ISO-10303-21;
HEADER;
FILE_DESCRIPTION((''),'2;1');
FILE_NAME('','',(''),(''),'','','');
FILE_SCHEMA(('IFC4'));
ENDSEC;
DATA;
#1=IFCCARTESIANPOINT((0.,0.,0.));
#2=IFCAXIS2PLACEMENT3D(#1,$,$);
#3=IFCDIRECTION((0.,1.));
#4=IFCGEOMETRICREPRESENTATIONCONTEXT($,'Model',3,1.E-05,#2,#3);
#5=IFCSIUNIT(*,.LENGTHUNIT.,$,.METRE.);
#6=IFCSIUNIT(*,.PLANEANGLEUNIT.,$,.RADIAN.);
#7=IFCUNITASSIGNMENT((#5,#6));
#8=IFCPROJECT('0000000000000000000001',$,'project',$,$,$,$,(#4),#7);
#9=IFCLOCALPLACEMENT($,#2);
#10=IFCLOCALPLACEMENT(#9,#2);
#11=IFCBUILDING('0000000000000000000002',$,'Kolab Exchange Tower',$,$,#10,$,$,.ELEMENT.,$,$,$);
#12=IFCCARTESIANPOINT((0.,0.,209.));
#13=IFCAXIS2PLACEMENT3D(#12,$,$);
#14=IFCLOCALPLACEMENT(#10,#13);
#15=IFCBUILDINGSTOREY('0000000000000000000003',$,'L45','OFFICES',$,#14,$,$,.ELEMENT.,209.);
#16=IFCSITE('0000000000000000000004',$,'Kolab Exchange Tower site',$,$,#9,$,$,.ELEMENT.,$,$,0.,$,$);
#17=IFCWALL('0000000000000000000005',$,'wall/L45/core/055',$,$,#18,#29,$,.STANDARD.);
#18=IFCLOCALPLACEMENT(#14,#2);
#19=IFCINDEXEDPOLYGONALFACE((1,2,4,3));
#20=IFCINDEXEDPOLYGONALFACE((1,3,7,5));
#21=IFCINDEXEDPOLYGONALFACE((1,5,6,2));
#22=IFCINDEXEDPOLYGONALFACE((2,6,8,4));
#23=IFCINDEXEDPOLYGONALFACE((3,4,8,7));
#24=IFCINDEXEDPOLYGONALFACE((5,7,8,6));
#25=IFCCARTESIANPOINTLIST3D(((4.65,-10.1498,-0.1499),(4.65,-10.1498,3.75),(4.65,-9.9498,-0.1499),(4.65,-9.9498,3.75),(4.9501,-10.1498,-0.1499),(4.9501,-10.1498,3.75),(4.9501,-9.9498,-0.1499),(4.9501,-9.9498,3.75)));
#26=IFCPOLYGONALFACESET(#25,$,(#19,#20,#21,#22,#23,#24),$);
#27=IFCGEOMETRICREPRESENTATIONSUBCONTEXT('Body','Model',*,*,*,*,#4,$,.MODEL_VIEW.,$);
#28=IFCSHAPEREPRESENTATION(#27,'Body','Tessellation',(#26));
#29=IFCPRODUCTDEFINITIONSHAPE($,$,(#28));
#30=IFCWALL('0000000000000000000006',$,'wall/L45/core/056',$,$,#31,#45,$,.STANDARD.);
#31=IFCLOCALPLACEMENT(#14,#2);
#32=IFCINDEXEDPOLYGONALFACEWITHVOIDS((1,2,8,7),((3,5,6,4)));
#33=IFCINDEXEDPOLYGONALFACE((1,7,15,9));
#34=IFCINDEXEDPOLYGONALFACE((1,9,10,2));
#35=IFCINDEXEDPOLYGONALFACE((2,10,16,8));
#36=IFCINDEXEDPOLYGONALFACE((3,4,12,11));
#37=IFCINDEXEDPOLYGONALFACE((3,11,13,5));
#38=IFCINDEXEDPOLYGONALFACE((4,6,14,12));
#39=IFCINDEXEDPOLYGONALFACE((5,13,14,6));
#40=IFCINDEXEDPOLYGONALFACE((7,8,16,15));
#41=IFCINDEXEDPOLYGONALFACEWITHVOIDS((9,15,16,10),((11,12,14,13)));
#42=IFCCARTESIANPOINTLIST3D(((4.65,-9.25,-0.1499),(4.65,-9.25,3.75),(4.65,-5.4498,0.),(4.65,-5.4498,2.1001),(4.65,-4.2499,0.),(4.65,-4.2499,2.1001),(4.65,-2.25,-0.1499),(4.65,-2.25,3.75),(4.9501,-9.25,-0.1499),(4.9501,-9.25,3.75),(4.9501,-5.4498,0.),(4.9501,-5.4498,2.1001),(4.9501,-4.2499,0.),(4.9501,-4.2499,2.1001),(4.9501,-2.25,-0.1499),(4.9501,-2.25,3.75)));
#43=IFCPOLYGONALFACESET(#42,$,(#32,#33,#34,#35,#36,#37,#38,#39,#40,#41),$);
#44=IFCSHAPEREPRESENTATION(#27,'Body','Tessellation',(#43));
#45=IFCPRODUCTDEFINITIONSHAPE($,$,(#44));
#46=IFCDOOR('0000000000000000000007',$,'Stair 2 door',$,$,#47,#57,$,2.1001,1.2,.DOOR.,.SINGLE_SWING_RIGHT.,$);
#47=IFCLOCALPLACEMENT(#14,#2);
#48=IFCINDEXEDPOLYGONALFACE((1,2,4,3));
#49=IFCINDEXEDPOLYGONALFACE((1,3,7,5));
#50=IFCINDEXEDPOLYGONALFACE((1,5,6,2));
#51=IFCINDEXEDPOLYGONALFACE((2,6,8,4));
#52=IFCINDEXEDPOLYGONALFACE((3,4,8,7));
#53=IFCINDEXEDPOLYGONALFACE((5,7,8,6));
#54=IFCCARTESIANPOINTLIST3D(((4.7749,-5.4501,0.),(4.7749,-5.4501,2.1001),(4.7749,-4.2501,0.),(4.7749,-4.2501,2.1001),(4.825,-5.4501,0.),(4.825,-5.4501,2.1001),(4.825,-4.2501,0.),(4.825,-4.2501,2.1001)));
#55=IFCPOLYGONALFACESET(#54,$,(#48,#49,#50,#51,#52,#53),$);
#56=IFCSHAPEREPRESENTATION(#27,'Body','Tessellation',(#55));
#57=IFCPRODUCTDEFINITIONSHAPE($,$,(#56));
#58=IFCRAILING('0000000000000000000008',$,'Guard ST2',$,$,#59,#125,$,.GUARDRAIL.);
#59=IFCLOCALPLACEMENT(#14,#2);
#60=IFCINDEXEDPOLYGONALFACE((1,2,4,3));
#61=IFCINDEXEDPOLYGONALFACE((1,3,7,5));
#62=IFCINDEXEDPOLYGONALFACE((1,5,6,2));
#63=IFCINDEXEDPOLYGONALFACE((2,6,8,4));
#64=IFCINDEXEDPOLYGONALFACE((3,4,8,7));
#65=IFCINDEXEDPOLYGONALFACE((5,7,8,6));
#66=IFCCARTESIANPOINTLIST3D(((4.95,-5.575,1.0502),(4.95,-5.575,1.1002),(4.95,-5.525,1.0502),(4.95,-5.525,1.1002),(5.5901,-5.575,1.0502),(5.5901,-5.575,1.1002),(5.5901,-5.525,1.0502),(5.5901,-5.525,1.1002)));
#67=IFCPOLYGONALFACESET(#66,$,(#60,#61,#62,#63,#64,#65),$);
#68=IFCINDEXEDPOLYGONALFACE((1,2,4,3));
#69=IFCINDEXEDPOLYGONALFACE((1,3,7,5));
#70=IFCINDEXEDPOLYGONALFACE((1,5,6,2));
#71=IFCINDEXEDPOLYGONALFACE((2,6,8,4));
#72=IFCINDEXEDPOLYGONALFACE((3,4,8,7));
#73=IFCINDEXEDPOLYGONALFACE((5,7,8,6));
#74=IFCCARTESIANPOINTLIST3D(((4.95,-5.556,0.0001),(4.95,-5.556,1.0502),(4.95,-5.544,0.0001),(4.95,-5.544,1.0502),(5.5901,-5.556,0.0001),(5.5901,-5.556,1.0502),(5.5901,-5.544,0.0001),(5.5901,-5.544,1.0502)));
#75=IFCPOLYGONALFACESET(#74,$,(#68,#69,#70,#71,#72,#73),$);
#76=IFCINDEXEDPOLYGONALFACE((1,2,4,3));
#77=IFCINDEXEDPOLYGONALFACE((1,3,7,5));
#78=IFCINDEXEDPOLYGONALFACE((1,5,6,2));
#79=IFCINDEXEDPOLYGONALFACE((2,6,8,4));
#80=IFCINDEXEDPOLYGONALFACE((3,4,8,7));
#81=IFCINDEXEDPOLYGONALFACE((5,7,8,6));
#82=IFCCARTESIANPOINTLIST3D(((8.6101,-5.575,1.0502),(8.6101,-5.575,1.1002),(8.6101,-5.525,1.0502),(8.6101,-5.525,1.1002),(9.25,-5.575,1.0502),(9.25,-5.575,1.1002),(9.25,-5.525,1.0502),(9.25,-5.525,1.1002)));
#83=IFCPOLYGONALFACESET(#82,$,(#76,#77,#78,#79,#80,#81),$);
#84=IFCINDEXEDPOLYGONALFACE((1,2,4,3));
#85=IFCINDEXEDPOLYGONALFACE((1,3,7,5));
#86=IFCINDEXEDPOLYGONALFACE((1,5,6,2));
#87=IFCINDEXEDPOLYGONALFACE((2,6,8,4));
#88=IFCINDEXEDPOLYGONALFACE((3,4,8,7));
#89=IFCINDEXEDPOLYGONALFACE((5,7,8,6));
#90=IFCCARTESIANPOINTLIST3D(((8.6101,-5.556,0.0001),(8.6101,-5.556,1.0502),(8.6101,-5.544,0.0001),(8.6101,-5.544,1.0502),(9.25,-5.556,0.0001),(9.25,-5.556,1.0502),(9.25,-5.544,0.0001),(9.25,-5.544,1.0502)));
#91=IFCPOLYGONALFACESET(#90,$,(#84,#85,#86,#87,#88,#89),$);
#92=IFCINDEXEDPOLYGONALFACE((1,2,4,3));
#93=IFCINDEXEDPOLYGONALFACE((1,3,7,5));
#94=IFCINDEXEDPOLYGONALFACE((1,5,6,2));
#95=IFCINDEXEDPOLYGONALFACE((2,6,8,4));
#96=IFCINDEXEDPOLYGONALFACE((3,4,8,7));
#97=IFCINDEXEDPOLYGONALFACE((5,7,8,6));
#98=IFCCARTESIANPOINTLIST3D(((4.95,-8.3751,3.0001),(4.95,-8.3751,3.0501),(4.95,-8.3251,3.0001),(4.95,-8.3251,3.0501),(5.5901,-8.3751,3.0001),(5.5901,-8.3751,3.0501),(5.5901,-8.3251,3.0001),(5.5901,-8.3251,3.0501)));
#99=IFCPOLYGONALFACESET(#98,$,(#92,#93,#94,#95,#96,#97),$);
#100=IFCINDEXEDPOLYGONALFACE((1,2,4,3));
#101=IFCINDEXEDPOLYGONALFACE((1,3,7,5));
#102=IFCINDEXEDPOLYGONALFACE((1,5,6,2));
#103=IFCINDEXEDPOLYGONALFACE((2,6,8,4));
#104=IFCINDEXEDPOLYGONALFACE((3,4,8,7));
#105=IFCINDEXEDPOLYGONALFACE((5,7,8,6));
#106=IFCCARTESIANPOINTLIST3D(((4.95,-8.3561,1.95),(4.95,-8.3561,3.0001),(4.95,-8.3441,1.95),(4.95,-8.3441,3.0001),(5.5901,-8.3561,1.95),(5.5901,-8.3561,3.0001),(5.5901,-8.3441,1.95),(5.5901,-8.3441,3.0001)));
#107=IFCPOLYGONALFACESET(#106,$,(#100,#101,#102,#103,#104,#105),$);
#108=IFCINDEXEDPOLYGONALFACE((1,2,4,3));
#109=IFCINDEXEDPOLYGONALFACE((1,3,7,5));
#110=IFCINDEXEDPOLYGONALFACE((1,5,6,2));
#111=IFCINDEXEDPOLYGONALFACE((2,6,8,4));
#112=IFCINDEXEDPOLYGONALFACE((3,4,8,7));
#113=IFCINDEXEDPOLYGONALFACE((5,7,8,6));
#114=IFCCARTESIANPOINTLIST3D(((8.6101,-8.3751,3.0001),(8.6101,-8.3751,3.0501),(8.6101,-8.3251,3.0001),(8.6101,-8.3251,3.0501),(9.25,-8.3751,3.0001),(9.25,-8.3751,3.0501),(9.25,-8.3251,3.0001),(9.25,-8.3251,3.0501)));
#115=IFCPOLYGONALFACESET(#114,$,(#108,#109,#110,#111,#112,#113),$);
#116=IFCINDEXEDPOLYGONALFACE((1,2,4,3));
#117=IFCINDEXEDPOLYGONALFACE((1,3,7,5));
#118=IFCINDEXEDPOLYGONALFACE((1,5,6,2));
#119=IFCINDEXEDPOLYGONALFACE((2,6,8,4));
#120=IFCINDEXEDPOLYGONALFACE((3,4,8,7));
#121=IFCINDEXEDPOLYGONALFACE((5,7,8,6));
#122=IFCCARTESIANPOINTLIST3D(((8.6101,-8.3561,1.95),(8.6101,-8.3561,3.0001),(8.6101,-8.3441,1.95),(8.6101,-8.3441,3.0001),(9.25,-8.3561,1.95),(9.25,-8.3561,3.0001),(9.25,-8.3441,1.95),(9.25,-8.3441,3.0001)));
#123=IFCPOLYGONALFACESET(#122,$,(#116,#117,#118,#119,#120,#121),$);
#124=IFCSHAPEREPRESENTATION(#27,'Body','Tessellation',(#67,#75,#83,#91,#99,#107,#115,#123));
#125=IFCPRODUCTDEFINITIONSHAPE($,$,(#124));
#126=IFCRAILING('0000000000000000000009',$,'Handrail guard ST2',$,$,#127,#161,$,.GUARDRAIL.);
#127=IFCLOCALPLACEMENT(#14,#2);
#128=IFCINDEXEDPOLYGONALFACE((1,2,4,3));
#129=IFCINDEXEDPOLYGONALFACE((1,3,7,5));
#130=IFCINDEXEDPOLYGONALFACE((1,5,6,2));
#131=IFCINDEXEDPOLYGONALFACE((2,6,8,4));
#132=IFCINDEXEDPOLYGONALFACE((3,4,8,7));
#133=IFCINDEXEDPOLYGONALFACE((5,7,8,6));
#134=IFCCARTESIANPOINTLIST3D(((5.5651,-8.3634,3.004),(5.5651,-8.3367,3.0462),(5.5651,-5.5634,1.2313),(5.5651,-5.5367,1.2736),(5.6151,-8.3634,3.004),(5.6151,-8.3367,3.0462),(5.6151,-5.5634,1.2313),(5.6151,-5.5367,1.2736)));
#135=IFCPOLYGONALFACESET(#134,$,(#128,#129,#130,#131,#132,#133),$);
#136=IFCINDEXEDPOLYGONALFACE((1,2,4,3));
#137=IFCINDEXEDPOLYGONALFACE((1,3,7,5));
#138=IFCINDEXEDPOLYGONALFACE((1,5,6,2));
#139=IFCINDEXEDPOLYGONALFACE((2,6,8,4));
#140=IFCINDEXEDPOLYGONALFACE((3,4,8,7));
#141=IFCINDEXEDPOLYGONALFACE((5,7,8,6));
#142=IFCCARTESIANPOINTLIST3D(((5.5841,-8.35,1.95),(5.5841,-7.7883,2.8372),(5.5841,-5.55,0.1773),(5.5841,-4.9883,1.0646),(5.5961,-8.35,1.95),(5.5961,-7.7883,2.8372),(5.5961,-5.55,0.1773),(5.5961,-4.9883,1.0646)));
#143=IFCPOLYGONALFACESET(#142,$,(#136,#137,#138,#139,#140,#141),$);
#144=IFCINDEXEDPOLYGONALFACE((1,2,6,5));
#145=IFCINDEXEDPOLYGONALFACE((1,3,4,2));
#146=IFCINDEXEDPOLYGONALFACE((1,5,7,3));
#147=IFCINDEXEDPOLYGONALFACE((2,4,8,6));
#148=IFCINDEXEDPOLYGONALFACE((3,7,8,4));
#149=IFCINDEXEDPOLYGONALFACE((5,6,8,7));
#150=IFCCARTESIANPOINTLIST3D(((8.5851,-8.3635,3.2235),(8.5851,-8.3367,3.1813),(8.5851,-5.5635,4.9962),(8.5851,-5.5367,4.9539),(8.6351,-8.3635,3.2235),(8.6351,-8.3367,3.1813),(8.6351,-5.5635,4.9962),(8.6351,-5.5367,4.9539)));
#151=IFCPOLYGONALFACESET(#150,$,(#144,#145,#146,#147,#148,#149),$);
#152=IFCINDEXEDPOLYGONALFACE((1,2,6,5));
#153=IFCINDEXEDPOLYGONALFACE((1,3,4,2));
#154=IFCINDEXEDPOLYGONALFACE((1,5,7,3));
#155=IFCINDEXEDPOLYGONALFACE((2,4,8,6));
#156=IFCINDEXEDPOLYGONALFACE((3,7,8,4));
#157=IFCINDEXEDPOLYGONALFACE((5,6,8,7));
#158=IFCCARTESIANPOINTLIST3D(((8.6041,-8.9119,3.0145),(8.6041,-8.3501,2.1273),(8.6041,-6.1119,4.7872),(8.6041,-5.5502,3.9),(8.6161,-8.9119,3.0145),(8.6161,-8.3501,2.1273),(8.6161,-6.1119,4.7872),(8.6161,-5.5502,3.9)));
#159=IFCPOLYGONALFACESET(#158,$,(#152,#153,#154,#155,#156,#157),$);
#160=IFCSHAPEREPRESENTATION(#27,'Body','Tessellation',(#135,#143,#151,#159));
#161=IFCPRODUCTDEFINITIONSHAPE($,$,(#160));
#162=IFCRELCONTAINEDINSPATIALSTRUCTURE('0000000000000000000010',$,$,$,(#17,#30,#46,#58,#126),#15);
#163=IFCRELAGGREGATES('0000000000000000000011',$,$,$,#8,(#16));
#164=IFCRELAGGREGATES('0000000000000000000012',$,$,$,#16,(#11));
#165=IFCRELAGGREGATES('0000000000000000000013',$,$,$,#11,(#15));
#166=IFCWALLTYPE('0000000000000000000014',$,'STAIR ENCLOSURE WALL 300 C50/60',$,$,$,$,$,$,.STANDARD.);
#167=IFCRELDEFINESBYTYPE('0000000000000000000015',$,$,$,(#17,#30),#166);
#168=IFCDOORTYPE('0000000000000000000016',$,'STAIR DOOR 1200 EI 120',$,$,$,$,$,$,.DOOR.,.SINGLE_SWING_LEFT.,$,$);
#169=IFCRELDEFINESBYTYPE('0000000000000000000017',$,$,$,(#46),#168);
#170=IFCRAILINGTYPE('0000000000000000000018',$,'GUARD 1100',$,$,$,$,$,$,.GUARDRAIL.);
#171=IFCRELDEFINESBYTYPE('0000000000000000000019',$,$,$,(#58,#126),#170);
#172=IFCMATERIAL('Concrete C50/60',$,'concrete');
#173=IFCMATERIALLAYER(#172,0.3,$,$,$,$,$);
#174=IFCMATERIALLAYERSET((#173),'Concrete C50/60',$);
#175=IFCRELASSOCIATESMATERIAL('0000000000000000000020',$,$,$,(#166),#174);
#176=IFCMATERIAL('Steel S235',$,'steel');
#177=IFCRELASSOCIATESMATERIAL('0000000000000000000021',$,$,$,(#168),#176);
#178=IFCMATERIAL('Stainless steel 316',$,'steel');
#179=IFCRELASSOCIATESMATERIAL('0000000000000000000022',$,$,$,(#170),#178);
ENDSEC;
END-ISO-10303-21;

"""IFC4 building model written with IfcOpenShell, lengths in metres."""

from ifc_helpers import new_model, si_unit, direction, frame, frame_2d, origin, origin_2d, place, context, subcontext, project, spatial, rectangle, extrude, material, layer, layer_set, type_object, element, fill, save


model = new_model("IFC4")

# Units and contexts
model_context = context("Model", 3, precision=1e-05, world=origin(), true_north=direction((0.0, 1.0)))
body_context = subcontext(model_context, "Body", "Model", "MODEL_VIEW")
ifc_project = project(units=[si_unit("LENGTHUNIT", "METRE"), si_unit("PLANEANGLEUNIT", "RADIAN")], contexts=[model_context])

# Site, building, storey
site_placement = place(None, origin())
site = spatial("IfcSite", under=ifc_project, at=site_placement, Name="Kolab Exchange Tower site", CompositionType="ELEMENT", RefElevation=0.0)
building_placement = place(site_placement, origin())
building = spatial("IfcBuilding", under=site, at=building_placement, Name="Kolab Exchange Tower", CompositionType="ELEMENT")
storey_placement = place(building_placement, frame((0.0, 0.0, 209.0)))
storey = spatial("IfcBuildingStorey", under=building, at=storey_placement, Name="L45", Description="OFFICES", CompositionType="ELEMENT", Elevation=209.0)

# Shared definitions
ifc_material_1 = material(Name="Concrete C50/60", Category="concrete")
ifc_material_2 = material(Name="Stainless steel 316", Category="steel")

# Shared definitions
ifc_material_3 = material(Name="Steel S235", Category="steel")

# Wall
ifc_layer_1 = layer(ifc_material_1, 0.3)
ifc_layer_set_1 = layer_set([ifc_layer_1], Name="Concrete C50/60")
wall_type_1 = type_object("IfcWallType", Name="STAIR ENCLOSURE WALL 300 C50/60", PredefinedType="STANDARD", material=ifc_layer_set_1)
wall_1_placement = place(storey_placement, frame((4.8, -10.1499, -0.1499), z_axis=(0.0, 0.0, 1.0), x_axis=(0.0, 1.0, 0.0)))
element("IfcWall", 1, at=wall_1_placement, inside=storey, type_object=wall_type_1, Name="wall/L45/core/055", PredefinedType="STANDARD", context=body_context, shape_type="SweptSolid", body=[
    extrude(rectangle(XDim=0.2, YDim=0.3, at=frame_2d((0.1001, 0.0))), origin(), (0.0, 0.0, 1.0), 3.8999),
])

# Wall, opening, door
wall_2_placement = place(storey_placement, frame((4.8, -9.25, -0.1499), z_axis=(0.0, 0.0, 1.0), x_axis=(0.0, 1.0, 0.0)))
wall_2 = element("IfcWall", 2, at=wall_2_placement, inside=storey, type_object=wall_type_1, Name="wall/L45/core/056", PredefinedType="STANDARD", context=body_context, shape_type="SweptSolid", body=[
    extrude(rectangle(XDim=7.0, YDim=0.3, at=frame_2d((3.5, 0.0))), origin(), (0.0, 0.0, 1.0), 3.8999),
])
opening_1_placement = place(wall_2_placement, frame((3.8, 0.0, 0.1499)))
opening_1 = element("IfcOpeningElement", 3, at=opening_1_placement, cuts=wall_2, PredefinedType="OPENING", context=body_context, shape_type="SweptSolid", body=[
    extrude(rectangle(XDim=1.2, YDim=2.1001, at=frame_2d((0.6001, 1.05))), frame((0.0, 0.1602, 0.0), z_axis=(0.0, -1.0, 0.0), x_axis=(1.0, 0.0, 0.0)), (0.0, 0.0, 1.0), 0.3201),
])
door_type_1 = type_object("IfcDoorType", Name="STAIR DOOR 1200 EI 120", OperationType="SINGLE_SWING_LEFT", PredefinedType="DOOR", material=ifc_material_3)
door_1_placement = place(opening_1_placement, frame((1.2, 0.0, 0.0), z_axis=(0.0, 0.0, 1.0), x_axis=(-1.0, 0.0, 0.0)))
door_1 = element("IfcDoor", 4, at=door_1_placement, inside=storey, type_object=door_type_1, Name="Stair 2 door", OperationType="SINGLE_SWING_RIGHT", OverallHeight=2.1001, OverallWidth=1.2, PredefinedType="DOOR", context=body_context, shape_type="SweptSolid", body=[
    extrude(rectangle(XDim=1.2, YDim=2.1001, at=frame_2d((0.6001, 1.05))), frame((0.0, 0.0249, 0.0), z_axis=(0.0, -1.0, 0.0), x_axis=(1.0, 0.0, 0.0)), (0.0, 0.0, 1.0), 0.05),
])
fill(opening_1, door_1)

# Railings
railing_type = type_object("IfcRailingType", Name="GUARD 1100", PredefinedType="GUARDRAIL", material=ifc_material_2)
railing_1_placement = place(storey_placement, frame((4.95, -5.55, 0.0)))
element("IfcRailing", 5, at=railing_1_placement, inside=storey, type_object=railing_type, Name="Guard ST2", PredefinedType="GUARDRAIL", context=body_context, shape_type="SweptSolid", body=[
    extrude(rectangle(XDim=0.05, YDim=0.05, at=origin_2d()), frame((0.0, 0.0, 1.0752), z_axis=(1.0, 0.0, 0.0), x_axis=(0.0, 1.0, 0.0)), (0.0, 0.0, 1.0), 0.6401),
    extrude(rectangle(XDim=0.012, YDim=1.0501, at=frame_2d((0.0, 0.5251))), frame((0.0, 0.0, 0.0), z_axis=(1.0, 0.0, 0.0), x_axis=(0.0, 1.0, 0.0)), (0.0, 0.0, 1.0), 0.6401),
    extrude(rectangle(XDim=0.05, YDim=0.05, at=origin_2d()), frame((3.6602, 0.0, 1.0752), z_axis=(1.0, 0.0, 0.0), x_axis=(0.0, 1.0, 0.0)), (0.0, 0.0, 1.0), 0.6399),
    extrude(rectangle(XDim=0.012, YDim=1.0501, at=frame_2d((0.0, 0.5251))), frame((3.6602, 0.0, 0.0), z_axis=(1.0, 0.0, 0.0), x_axis=(0.0, 1.0, 0.0)), (0.0, 0.0, 1.0), 0.6399),
    extrude(rectangle(XDim=0.05, YDim=0.05, at=origin_2d()), frame((0.0, -2.8, 3.0251), z_axis=(1.0, 0.0, 0.0), x_axis=(0.0, 1.0, 0.0)), (0.0, 0.0, 1.0), 0.6401),
    extrude(rectangle(XDim=0.012, YDim=1.0501, at=frame_2d((0.0, 0.5251))), frame((0.0, -2.8, 1.95), z_axis=(1.0, 0.0, 0.0), x_axis=(0.0, 1.0, 0.0)), (0.0, 0.0, 1.0), 0.6401),
    extrude(rectangle(XDim=0.05, YDim=0.05, at=origin_2d()), frame((3.6602, -2.8, 3.0251), z_axis=(1.0, 0.0, 0.0), x_axis=(0.0, 1.0, 0.0)), (0.0, 0.0, 1.0), 0.6399),
    extrude(rectangle(XDim=0.012, YDim=1.0501, at=frame_2d((0.0, 0.5251))), frame((3.6602, -2.8, 1.95), z_axis=(1.0, 0.0, 0.0), x_axis=(0.0, 1.0, 0.0)), (0.0, 0.0, 1.0), 0.6399),
])
railing_2_placement = place(storey_placement, frame((5.5901, -5.55, 0.1772)))
element("IfcRailing", 6, at=railing_2_placement, inside=storey, type_object=railing_type, Name="Handrail guard ST2", PredefinedType="GUARDRAIL", context=body_context, shape_type="SweptSolid", body=[
    extrude(rectangle(XDim=0.05, YDim=0.05, at=origin_2d()), frame((0.0, 0.0, 1.0752), z_axis=(0.0, -0.844909, 0.53491), x_axis=(1.0, 0.0, 0.0)), (0.0, 0.0, 1.0), 3.314),
    extrude(rectangle(XDim=0.012, YDim=1.0501, at=frame_2d((0.0, 0.5251))), frame((0.0, 0.0, 0.0), z_axis=(0.0, -0.844909, 0.53491), x_axis=(1.0, 0.0, 0.0)), (0.0, 0.0, 1.0), 3.314),
    extrude(rectangle(XDim=0.05, YDim=0.05, at=origin_2d()), frame((3.02, -2.8, 3.0251), z_axis=(0.0, 0.844909, 0.53491), x_axis=(-1.0, 0.0, 0.0)), (0.0, 0.0, 1.0), 3.314),
    extrude(rectangle(XDim=0.012, YDim=1.0501, at=frame_2d((0.0, 0.5251))), frame((3.02, -2.8, 1.95), z_axis=(0.0, 0.844909, 0.53491), x_axis=(-1.0, 0.0, 0.0)), (0.0, 0.0, 1.0), 3.314),
])

save(model, "model.ifc")
